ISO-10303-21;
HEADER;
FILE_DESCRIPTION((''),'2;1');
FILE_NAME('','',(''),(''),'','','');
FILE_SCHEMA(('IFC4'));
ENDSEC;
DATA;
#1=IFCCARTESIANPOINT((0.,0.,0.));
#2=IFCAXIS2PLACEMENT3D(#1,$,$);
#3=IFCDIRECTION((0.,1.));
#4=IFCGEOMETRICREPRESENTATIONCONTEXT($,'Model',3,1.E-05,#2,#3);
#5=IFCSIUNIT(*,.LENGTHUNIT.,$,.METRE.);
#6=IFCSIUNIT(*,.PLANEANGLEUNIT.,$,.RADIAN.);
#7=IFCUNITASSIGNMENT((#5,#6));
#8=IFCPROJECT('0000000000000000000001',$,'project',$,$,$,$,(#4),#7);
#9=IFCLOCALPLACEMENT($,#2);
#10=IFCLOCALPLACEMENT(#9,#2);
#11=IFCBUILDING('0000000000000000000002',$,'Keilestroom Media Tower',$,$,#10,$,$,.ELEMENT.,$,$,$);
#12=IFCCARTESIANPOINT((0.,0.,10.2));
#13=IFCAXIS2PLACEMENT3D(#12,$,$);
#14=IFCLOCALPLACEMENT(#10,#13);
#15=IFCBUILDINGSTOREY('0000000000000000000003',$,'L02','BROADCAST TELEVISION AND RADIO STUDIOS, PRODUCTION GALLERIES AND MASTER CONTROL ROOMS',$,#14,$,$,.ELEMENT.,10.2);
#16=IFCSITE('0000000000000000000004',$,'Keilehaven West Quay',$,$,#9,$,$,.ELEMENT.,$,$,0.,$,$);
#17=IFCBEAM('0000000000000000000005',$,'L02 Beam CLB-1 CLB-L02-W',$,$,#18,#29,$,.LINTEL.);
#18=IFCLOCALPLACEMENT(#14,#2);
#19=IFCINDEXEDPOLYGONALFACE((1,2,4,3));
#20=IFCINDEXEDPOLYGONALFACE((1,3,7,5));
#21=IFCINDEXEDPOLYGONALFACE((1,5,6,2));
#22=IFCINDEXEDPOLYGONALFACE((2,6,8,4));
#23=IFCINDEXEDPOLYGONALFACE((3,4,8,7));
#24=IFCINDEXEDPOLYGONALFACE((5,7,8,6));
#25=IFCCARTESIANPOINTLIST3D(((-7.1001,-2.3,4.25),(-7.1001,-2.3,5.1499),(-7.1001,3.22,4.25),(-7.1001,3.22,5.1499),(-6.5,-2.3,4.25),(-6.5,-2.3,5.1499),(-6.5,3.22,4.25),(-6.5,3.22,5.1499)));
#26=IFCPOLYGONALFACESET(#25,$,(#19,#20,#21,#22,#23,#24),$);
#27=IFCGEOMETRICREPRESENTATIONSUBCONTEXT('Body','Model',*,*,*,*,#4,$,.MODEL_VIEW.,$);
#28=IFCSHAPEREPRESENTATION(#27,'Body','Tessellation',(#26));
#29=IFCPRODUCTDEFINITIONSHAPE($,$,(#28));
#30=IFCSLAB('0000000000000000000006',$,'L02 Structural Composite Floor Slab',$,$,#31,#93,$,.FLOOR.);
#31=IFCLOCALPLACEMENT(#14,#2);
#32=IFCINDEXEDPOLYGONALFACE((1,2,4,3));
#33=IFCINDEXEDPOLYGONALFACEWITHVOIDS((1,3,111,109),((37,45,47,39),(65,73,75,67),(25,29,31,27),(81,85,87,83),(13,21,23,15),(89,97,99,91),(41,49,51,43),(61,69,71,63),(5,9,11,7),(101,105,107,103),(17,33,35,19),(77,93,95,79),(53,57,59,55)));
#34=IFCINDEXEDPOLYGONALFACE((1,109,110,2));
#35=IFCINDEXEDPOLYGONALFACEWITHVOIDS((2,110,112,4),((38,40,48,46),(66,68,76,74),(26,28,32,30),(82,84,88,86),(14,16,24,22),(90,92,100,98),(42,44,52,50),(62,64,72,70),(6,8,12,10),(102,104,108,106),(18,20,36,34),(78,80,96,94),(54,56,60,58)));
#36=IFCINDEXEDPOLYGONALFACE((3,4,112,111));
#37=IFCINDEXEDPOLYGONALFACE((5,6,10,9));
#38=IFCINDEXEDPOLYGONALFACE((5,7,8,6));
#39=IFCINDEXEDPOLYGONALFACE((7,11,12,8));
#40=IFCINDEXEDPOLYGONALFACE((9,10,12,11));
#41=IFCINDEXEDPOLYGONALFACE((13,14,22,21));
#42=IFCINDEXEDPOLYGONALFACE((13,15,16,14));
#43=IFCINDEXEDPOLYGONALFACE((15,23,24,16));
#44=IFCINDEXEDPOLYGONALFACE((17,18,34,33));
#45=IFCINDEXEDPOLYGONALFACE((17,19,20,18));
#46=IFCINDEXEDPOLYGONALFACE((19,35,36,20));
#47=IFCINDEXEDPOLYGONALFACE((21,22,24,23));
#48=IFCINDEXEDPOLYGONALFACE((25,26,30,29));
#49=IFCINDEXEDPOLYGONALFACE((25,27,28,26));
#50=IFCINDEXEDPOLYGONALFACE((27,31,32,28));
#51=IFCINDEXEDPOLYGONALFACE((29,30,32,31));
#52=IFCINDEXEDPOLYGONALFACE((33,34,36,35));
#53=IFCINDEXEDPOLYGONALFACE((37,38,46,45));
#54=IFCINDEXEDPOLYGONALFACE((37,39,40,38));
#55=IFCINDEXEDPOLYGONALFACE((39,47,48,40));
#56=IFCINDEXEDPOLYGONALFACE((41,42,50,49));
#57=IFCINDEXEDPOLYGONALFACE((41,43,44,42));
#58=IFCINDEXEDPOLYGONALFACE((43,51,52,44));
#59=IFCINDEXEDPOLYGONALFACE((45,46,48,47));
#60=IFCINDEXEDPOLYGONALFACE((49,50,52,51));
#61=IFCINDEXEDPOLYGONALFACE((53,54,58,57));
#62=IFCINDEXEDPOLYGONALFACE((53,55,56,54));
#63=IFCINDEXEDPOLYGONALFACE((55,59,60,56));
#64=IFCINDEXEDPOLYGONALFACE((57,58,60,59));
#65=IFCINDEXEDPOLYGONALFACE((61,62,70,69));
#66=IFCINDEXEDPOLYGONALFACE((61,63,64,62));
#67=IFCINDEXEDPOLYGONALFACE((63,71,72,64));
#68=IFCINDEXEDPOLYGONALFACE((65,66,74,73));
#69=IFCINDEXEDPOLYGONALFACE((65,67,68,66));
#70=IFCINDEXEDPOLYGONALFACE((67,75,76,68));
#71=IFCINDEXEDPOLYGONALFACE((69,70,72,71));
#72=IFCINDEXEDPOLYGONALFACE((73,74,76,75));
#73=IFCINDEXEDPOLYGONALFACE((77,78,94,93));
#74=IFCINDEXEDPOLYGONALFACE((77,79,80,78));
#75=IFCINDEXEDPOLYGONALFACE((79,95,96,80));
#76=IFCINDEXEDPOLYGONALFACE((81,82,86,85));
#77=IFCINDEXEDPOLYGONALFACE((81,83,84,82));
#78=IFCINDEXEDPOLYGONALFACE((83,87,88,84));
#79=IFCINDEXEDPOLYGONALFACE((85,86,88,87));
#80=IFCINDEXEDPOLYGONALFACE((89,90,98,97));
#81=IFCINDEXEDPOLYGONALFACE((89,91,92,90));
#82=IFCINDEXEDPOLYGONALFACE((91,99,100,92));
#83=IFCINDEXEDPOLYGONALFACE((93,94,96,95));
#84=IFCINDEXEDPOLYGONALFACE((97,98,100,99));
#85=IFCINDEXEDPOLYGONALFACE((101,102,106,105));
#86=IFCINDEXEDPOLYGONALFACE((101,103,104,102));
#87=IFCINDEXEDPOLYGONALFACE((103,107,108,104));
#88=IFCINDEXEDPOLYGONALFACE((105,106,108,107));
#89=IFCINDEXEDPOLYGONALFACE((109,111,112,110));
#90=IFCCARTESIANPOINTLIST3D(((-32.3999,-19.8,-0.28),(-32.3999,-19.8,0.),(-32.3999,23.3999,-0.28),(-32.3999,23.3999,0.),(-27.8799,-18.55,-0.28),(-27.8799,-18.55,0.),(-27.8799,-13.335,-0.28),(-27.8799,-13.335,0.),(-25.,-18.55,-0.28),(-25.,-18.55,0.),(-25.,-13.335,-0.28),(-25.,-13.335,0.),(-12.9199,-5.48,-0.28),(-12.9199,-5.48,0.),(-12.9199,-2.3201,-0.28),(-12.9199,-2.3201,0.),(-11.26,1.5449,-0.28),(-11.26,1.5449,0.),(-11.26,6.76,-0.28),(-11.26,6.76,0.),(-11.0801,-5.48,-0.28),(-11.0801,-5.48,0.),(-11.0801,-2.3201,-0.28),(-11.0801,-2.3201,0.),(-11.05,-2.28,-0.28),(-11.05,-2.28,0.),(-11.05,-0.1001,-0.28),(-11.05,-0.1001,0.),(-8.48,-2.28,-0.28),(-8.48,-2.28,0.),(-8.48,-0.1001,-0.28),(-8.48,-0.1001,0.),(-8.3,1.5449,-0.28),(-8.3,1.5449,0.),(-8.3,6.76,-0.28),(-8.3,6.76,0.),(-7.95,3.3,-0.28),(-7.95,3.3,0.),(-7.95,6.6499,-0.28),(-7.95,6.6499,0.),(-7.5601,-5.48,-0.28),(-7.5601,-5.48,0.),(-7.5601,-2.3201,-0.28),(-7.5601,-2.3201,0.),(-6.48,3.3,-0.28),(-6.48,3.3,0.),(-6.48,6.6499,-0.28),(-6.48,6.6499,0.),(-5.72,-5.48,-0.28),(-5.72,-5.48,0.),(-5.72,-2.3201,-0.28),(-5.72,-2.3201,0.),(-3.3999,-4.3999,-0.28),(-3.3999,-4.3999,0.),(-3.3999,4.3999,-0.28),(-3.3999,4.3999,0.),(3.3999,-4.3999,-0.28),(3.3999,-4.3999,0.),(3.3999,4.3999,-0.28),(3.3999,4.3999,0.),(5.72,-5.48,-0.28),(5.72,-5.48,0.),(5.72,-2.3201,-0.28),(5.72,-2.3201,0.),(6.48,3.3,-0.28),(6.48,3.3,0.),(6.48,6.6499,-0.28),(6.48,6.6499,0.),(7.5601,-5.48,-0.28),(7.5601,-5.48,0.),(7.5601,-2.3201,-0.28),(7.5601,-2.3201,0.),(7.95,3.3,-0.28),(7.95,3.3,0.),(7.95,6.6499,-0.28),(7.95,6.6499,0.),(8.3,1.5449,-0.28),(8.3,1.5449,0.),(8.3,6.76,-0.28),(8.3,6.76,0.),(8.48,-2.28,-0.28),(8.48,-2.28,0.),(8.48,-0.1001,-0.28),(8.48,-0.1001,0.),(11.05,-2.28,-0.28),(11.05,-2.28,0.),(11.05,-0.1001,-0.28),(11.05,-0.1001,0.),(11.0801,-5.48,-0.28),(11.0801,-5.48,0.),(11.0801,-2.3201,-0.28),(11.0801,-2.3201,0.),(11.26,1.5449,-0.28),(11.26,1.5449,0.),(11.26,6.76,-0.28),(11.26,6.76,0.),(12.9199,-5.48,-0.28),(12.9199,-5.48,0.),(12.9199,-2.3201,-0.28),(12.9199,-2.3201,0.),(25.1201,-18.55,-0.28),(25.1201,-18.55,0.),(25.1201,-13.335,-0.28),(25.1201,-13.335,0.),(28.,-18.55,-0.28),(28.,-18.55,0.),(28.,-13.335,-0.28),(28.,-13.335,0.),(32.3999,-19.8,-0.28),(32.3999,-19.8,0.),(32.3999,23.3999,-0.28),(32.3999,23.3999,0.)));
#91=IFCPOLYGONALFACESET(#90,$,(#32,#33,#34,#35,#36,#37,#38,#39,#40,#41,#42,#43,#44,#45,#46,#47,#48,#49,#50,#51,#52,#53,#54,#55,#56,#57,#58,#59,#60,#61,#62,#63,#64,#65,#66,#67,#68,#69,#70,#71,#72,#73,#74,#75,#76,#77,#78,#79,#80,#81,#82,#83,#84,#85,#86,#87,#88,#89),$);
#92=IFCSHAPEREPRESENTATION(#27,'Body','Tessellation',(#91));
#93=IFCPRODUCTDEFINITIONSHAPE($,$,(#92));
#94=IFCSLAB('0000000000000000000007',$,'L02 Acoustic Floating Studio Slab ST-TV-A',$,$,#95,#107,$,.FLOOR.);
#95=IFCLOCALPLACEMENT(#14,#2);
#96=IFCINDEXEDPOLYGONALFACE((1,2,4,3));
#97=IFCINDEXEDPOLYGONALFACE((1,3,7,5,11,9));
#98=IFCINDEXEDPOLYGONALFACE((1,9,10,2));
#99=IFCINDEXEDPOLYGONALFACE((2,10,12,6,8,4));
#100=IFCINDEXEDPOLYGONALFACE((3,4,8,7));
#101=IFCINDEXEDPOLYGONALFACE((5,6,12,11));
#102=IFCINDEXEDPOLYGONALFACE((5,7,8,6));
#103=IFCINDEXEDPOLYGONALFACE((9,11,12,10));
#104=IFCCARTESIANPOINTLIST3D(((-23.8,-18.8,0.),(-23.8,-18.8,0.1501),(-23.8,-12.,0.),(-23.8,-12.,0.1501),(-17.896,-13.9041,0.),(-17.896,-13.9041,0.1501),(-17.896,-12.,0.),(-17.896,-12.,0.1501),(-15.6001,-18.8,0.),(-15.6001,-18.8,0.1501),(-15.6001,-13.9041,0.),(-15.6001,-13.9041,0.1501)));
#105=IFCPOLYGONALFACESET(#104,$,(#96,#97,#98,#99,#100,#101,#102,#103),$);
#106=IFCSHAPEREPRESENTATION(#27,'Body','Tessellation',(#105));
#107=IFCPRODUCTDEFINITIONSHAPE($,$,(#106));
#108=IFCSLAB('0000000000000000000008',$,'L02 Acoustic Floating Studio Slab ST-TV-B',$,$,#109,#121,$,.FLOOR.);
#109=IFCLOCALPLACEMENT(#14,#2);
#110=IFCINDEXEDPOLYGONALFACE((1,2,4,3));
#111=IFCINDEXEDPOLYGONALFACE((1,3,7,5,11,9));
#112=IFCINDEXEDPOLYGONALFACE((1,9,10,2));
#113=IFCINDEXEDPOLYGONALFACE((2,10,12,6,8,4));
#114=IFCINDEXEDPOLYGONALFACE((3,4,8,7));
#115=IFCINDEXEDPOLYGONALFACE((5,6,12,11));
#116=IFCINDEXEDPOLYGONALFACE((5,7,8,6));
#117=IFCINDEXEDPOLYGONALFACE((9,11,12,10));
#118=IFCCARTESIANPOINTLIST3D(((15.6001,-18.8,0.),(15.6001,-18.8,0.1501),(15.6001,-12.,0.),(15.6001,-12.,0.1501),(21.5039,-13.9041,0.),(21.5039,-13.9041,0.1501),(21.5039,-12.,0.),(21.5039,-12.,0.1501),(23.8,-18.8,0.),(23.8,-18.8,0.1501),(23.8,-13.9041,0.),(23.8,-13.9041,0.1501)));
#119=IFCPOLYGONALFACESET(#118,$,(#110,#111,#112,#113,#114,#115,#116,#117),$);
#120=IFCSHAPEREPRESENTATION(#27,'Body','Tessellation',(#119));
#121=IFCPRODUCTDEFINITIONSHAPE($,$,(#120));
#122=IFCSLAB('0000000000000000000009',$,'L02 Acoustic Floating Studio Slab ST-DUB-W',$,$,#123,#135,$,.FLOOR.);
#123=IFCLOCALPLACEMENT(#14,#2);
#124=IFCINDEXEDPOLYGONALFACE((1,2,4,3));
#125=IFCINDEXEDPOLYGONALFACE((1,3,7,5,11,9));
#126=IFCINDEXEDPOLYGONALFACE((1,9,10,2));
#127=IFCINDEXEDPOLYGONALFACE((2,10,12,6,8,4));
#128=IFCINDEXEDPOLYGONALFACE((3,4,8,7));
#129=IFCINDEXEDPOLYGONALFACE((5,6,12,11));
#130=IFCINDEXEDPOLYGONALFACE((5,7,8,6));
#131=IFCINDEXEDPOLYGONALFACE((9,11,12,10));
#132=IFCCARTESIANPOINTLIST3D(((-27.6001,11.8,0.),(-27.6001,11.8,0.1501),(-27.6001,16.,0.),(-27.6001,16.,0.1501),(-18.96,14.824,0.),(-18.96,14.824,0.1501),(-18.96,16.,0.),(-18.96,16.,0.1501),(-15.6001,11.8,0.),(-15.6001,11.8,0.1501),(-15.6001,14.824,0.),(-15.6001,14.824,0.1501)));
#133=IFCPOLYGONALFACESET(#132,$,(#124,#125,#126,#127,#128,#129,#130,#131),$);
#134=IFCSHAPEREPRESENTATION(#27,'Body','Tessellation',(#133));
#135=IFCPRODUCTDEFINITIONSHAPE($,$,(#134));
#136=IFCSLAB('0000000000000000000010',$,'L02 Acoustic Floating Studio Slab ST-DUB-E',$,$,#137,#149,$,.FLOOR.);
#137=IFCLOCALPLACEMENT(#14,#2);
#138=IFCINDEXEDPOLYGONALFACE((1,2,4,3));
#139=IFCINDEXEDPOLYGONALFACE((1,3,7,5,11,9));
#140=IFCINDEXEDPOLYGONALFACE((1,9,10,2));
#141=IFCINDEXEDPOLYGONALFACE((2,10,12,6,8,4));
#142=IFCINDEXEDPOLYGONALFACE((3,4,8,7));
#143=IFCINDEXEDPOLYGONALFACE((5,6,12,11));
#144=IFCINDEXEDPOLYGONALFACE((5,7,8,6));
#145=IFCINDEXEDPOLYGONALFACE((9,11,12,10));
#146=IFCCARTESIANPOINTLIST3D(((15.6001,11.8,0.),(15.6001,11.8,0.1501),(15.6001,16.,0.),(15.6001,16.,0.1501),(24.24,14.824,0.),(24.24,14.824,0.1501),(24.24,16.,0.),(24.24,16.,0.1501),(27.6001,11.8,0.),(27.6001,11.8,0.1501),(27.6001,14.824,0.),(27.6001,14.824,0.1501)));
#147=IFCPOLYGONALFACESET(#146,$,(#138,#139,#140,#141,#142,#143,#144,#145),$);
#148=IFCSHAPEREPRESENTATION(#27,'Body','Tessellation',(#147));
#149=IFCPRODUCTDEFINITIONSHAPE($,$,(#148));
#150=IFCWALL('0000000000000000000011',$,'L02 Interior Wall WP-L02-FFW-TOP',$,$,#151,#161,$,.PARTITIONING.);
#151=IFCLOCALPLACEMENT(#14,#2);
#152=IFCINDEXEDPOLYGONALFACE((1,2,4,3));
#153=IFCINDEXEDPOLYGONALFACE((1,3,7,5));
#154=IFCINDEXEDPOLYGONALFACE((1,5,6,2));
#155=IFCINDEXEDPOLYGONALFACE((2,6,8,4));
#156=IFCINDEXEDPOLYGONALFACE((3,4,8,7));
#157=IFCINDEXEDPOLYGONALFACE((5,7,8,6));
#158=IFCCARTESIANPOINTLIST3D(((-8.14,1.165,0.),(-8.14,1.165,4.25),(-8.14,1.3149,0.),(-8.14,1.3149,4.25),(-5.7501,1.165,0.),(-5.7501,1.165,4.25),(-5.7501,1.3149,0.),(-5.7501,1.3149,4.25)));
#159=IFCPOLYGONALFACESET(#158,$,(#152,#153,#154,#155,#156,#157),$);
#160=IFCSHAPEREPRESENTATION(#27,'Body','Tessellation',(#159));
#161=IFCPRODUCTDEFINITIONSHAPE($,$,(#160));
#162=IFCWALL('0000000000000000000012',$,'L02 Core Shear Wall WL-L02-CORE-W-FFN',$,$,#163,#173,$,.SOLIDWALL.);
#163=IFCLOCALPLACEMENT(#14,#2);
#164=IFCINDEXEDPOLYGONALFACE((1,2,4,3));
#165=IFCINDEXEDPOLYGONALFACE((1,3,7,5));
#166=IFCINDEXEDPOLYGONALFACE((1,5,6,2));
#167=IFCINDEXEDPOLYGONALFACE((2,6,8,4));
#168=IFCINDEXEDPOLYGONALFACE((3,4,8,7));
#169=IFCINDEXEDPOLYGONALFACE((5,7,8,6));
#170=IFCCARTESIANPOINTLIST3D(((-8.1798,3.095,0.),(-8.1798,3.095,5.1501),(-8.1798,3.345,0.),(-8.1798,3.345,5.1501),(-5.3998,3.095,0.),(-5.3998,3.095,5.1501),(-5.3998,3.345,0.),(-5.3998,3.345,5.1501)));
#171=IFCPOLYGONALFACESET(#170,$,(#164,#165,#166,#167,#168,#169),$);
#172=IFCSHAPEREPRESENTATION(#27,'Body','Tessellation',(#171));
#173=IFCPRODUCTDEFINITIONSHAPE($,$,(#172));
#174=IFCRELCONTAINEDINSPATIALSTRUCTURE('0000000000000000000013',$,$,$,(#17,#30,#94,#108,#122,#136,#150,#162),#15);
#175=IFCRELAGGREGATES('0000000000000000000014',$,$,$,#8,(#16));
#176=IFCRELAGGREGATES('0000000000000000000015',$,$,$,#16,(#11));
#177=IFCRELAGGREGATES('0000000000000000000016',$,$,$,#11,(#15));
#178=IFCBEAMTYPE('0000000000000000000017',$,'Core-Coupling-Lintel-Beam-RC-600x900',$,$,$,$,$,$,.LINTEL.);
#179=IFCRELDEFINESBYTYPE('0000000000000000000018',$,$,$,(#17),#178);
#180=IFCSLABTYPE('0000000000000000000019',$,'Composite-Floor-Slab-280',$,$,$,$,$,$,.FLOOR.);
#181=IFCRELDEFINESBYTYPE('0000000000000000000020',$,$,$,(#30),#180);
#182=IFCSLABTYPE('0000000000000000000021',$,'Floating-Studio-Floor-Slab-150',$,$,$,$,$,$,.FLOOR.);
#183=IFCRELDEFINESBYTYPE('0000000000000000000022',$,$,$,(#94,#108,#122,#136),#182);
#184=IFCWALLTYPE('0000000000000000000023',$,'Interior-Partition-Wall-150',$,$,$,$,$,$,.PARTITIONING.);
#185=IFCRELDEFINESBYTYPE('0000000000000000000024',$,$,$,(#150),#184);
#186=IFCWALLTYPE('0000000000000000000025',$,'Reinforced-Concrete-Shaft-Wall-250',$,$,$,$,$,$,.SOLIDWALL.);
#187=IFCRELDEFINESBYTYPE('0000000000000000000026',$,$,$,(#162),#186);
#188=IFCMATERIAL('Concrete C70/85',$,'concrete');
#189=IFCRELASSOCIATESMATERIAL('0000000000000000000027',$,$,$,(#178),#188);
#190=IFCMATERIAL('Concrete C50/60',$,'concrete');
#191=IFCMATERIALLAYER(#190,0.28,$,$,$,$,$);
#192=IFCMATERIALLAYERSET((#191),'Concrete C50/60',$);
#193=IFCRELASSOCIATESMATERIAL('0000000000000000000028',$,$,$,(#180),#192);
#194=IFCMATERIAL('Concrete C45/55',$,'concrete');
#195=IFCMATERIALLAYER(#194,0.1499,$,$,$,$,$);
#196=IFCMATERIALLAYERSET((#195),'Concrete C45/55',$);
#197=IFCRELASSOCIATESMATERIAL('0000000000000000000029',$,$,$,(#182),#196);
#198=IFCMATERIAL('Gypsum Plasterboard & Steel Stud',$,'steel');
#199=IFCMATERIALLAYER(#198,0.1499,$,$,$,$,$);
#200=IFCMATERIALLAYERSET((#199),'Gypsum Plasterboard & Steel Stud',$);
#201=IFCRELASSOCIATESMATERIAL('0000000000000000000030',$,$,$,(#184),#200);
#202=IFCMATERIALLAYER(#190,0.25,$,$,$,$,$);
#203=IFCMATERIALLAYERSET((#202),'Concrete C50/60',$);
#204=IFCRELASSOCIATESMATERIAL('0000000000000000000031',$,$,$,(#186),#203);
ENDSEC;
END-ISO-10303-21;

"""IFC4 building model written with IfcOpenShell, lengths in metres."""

from ifc_helpers import new_model, si_unit, direction, frame, frame_2d, origin, origin_2d, place, context, subcontext, project, spatial, polyline, rectangle, outline, extrude, source, transform, mapped, material, layer, layer_set, material_profile, profile_set, type_object, element, save


model = new_model("IFC4")

# Units and contexts
model_context = context("Model", 3, precision=1e-05, world=origin(), true_north=direction((0.0, 1.0)))
body_context = subcontext(model_context, "Body", "Model", "MODEL_VIEW")
ifc_project = project(units=[si_unit("LENGTHUNIT", "METRE"), si_unit("PLANEANGLEUNIT", "RADIAN")], contexts=[model_context])

# Site, building, storey
site_placement = place(None, origin())
site = spatial("IfcSite", under=ifc_project, at=site_placement, Name="Keilehaven West Quay", CompositionType="ELEMENT", RefElevation=0.0)
building_placement = place(site_placement, origin())
building = spatial("IfcBuilding", under=site, at=building_placement, Name="Keilestroom Media Tower", CompositionType="ELEMENT")
storey_placement = place(building_placement, frame((0.0, 0.0, 10.2)))
storey = spatial("IfcBuildingStorey", under=building, at=storey_placement, Name="L02", Description="BROADCAST TELEVISION AND RADIO STUDIOS, PRODUCTION GALLERIES AND MASTER CONTROL ROOMS", CompositionType="ELEMENT", Elevation=10.2)

# Beam
ifc_material_1 = material(Name="Concrete C70/85", Category="concrete")
ifc_material_profile = material_profile(ifc_material_1, rectangle(XDim=0.6001, YDim=0.8999, at=origin_2d()), Name="RC 600x900")
ifc_profile_set = profile_set([ifc_material_profile], Name="Concrete C70/85")
beam_type = type_object("IfcBeamType", Name="Core-Coupling-Lintel-Beam-RC-600x900", PredefinedType="LINTEL", material=ifc_profile_set)
shared_shape_1 = source(origin(), body_context, "Body", "SweptSolid", [
    extrude(rectangle(XDim=0.6001, YDim=0.8999, at=origin_2d()), origin(), (0.0, 0.0, 1.0), 5.52),
])
beam_placement = place(storey_placement, frame((-6.8, -2.3, 4.7), z_axis=(0.0, 1.0, 0.0), x_axis=(-1.0, 0.0, 0.0)))
element("IfcBeam", 1, at=beam_placement, inside=storey, type_object=beam_type, Name="L02 Beam CLB-1 CLB-L02-W", PredefinedType="LINTEL", context=body_context, shape_type="MappedRepresentation", body=[
    mapped(shared_shape_1, transform((0.0, 0.0, 0.0), x_axis=(1.0, 0.0, 0.0), y_axis=(0.0, 1.0, 0.0), z_axis=(0.0, 0.0, 1.0), scale=1.0)),
])

# Slabs
ifc_material_2 = material(Name="Concrete C50/60", Category="concrete")
ifc_layer_1 = layer(ifc_material_2, 0.28)
ifc_layer_set_1 = layer_set([ifc_layer_1], Name="Concrete C50/60")
slab_type_1 = type_object("IfcSlabType", Name="Composite-Floor-Slab-280", PredefinedType="FLOOR", material=ifc_layer_set_1)
slab_1_placement = place(storey_placement, frame((0.0, 0.0, -0.28)))
element("IfcSlab", 2, at=slab_1_placement, inside=storey, type_object=slab_type_1, Name="L02 Structural Composite Floor Slab", PredefinedType="FLOOR", context=body_context, shape_type="SweptSolid", body=[
    extrude(outline(polyline([(-32.3999, -19.8), (32.3999, -19.8), (32.3999, 23.3999), (-32.3999, 23.3999), (-32.3999, -19.8)]), holes=[polyline([(-27.8799, -18.55), (-27.8799, -13.335), (-25.0, -13.335), (-25.0, -18.55), (-27.8799, -18.55)]), polyline([(-12.9199, -5.48), (-12.9199, -2.3201), (-11.0801, -2.3201), (-11.0801, -5.48), (-12.9199, -5.48)]), polyline([(-11.26, 6.76), (-8.3, 6.76), (-8.3, 1.5449), (-11.26, 1.5449), (-11.26, 6.76)]), polyline([(-11.05, -2.28), (-11.05, -0.1001), (-8.48, -0.1001), (-8.48, -2.28), (-11.05, -2.28)]), polyline([(-7.95, 6.6499), (-6.48, 6.6499), (-6.48, 3.3), (-7.95, 3.3), (-7.95, 6.6499)]), polyline([(-5.72, -5.48), (-7.5601, -5.48), (-7.5601, -2.3201), (-5.72, -2.3201), (-5.72, -5.48)]), polyline([(-3.3999, -4.3999), (-3.3999, 4.3999), (3.3999, 4.3999), (3.3999, -4.3999), (-3.3999, -4.3999)]), polyline([(7.5601, -2.3201), (7.5601, -5.48), (5.72, -5.48), (5.72, -2.3201), (7.5601, -2.3201)]), polyline([(7.95, 6.6499), (7.95, 3.3), (6.48, 3.3), (6.48, 6.6499), (7.95, 6.6499)]), polyline([(8.3, 6.76), (11.26, 6.76), (11.26, 1.5449), (8.3, 1.5449), (8.3, 6.76)]), polyline([(8.48, -2.28), (8.48, -0.1001), (11.05, -0.1001), (11.05, -2.28), (8.48, -2.28)]), polyline([(11.0801, -2.3201), (12.9199, -2.3201), (12.9199, -5.48), (11.0801, -5.48), (11.0801, -2.3201)]), polyline([(25.1201, -18.55), (25.1201, -13.335), (28.0, -13.335), (28.0, -18.55), (25.1201, -18.55)])]), origin(), (0.0, 0.0, 1.0), 0.28),
])
ifc_material_3 = material(Name="Concrete C45/55", Category="concrete")
ifc_layer_2 = layer(ifc_material_3, 0.1499)
ifc_layer_set_2 = layer_set([ifc_layer_2], Name="Concrete C45/55")
slab_type_2 = type_object("IfcSlabType", Name="Floating-Studio-Floor-Slab-150", PredefinedType="FLOOR", material=ifc_layer_set_2)
slab_2_placement = place(storey_placement, origin())
element("IfcSlab", 3, at=slab_2_placement, inside=storey, type_object=slab_type_2, Name="L02 Acoustic Floating Studio Slab ST-TV-A", PredefinedType="FLOOR", context=body_context, shape_type="SweptSolid", body=[
    extrude(outline(polyline([(-23.8, -18.8), (-15.6001, -18.8), (-15.6001, -13.9041), (-17.896, -13.9041), (-17.896, -12.0), (-23.8, -12.0), (-23.8, -18.8)])), origin(), (0.0, 0.0, 1.0), 0.1501),
])
slab_3_placement = place(storey_placement, origin())
element("IfcSlab", 4, at=slab_3_placement, inside=storey, type_object=slab_type_2, Name="L02 Acoustic Floating Studio Slab ST-TV-B", PredefinedType="FLOOR", context=body_context, shape_type="SweptSolid", body=[
    extrude(outline(polyline([(15.6001, -18.8), (23.8, -18.8), (23.8, -13.9041), (21.5039, -13.9041), (21.5039, -12.0), (15.6001, -12.0), (15.6001, -18.8)])), origin(), (0.0, 0.0, 1.0), 0.1501),
])
slab_4_placement = place(storey_placement, origin())
element("IfcSlab", 5, at=slab_4_placement, inside=storey, type_object=slab_type_2, Name="L02 Acoustic Floating Studio Slab ST-DUB-W", PredefinedType="FLOOR", context=body_context, shape_type="SweptSolid", body=[
    extrude(outline(polyline([(-27.6001, 11.8), (-15.6001, 11.8), (-15.6001, 14.824), (-18.96, 14.824), (-18.96, 16.0), (-27.6001, 16.0), (-27.6001, 11.8)])), origin(), (0.0, 0.0, 1.0), 0.1501),
])
slab_5_placement = place(storey_placement, origin())
element("IfcSlab", 6, at=slab_5_placement, inside=storey, type_object=slab_type_2, Name="L02 Acoustic Floating Studio Slab ST-DUB-E", PredefinedType="FLOOR", context=body_context, shape_type="SweptSolid", body=[
    extrude(outline(polyline([(15.6001, 11.8), (27.6001, 11.8), (27.6001, 14.824), (24.24, 14.824), (24.24, 16.0), (15.6001, 16.0), (15.6001, 11.8)])), origin(), (0.0, 0.0, 1.0), 0.1501),
])

# Walls
ifc_material_4 = material(Name="Gypsum Plasterboard & Steel Stud", Category="steel")
ifc_layer_3 = layer(ifc_material_4, 0.1499)
ifc_layer_set_3 = layer_set([ifc_layer_3], Name="Gypsum Plasterboard & Steel Stud")
wall_type_1 = type_object("IfcWallType", Name="Interior-Partition-Wall-150", PredefinedType="PARTITIONING", material=ifc_layer_set_3)
wall_1_placement = place(storey_placement, frame((-8.1399, 1.24, 0.0), z_axis=(0.0, 0.0, 1.0), x_axis=(1.0, 0.0, 0.0)))
element("IfcWall", 7, at=wall_1_placement, inside=storey, type_object=wall_type_1, Name="L02 Interior Wall WP-L02-FFW-TOP", PredefinedType="PARTITIONING", context=body_context, shape_type="SweptSolid", body=[
    extrude(rectangle(XDim=2.3899, YDim=0.1499, at=frame_2d((1.1948, 0.0))), origin(), (0.0, 0.0, 1.0), 4.25),
])
ifc_layer_4 = layer(ifc_material_2, 0.25)
ifc_layer_set_4 = layer_set([ifc_layer_4], Name="Concrete C50/60")
wall_type_2 = type_object("IfcWallType", Name="Reinforced-Concrete-Shaft-Wall-250", PredefinedType="SOLIDWALL", material=ifc_layer_set_4)
wall_2_placement = place(storey_placement, frame((-8.1799, 3.22, 0.0), z_axis=(0.0, 0.0, 1.0), x_axis=(1.0, 0.0, 0.0)))
element("IfcWall", 8, at=wall_2_placement, inside=storey, type_object=wall_type_2, Name="L02 Core Shear Wall WL-L02-CORE-W-FFN", PredefinedType="SOLIDWALL", context=body_context, shape_type="SweptSolid", body=[
    extrude(rectangle(XDim=2.78, YDim=0.25, at=frame_2d((1.3901, 0.0))), origin(), (0.0, 0.0, 1.0), 5.1501),
])

save(model, "model.ifc")
